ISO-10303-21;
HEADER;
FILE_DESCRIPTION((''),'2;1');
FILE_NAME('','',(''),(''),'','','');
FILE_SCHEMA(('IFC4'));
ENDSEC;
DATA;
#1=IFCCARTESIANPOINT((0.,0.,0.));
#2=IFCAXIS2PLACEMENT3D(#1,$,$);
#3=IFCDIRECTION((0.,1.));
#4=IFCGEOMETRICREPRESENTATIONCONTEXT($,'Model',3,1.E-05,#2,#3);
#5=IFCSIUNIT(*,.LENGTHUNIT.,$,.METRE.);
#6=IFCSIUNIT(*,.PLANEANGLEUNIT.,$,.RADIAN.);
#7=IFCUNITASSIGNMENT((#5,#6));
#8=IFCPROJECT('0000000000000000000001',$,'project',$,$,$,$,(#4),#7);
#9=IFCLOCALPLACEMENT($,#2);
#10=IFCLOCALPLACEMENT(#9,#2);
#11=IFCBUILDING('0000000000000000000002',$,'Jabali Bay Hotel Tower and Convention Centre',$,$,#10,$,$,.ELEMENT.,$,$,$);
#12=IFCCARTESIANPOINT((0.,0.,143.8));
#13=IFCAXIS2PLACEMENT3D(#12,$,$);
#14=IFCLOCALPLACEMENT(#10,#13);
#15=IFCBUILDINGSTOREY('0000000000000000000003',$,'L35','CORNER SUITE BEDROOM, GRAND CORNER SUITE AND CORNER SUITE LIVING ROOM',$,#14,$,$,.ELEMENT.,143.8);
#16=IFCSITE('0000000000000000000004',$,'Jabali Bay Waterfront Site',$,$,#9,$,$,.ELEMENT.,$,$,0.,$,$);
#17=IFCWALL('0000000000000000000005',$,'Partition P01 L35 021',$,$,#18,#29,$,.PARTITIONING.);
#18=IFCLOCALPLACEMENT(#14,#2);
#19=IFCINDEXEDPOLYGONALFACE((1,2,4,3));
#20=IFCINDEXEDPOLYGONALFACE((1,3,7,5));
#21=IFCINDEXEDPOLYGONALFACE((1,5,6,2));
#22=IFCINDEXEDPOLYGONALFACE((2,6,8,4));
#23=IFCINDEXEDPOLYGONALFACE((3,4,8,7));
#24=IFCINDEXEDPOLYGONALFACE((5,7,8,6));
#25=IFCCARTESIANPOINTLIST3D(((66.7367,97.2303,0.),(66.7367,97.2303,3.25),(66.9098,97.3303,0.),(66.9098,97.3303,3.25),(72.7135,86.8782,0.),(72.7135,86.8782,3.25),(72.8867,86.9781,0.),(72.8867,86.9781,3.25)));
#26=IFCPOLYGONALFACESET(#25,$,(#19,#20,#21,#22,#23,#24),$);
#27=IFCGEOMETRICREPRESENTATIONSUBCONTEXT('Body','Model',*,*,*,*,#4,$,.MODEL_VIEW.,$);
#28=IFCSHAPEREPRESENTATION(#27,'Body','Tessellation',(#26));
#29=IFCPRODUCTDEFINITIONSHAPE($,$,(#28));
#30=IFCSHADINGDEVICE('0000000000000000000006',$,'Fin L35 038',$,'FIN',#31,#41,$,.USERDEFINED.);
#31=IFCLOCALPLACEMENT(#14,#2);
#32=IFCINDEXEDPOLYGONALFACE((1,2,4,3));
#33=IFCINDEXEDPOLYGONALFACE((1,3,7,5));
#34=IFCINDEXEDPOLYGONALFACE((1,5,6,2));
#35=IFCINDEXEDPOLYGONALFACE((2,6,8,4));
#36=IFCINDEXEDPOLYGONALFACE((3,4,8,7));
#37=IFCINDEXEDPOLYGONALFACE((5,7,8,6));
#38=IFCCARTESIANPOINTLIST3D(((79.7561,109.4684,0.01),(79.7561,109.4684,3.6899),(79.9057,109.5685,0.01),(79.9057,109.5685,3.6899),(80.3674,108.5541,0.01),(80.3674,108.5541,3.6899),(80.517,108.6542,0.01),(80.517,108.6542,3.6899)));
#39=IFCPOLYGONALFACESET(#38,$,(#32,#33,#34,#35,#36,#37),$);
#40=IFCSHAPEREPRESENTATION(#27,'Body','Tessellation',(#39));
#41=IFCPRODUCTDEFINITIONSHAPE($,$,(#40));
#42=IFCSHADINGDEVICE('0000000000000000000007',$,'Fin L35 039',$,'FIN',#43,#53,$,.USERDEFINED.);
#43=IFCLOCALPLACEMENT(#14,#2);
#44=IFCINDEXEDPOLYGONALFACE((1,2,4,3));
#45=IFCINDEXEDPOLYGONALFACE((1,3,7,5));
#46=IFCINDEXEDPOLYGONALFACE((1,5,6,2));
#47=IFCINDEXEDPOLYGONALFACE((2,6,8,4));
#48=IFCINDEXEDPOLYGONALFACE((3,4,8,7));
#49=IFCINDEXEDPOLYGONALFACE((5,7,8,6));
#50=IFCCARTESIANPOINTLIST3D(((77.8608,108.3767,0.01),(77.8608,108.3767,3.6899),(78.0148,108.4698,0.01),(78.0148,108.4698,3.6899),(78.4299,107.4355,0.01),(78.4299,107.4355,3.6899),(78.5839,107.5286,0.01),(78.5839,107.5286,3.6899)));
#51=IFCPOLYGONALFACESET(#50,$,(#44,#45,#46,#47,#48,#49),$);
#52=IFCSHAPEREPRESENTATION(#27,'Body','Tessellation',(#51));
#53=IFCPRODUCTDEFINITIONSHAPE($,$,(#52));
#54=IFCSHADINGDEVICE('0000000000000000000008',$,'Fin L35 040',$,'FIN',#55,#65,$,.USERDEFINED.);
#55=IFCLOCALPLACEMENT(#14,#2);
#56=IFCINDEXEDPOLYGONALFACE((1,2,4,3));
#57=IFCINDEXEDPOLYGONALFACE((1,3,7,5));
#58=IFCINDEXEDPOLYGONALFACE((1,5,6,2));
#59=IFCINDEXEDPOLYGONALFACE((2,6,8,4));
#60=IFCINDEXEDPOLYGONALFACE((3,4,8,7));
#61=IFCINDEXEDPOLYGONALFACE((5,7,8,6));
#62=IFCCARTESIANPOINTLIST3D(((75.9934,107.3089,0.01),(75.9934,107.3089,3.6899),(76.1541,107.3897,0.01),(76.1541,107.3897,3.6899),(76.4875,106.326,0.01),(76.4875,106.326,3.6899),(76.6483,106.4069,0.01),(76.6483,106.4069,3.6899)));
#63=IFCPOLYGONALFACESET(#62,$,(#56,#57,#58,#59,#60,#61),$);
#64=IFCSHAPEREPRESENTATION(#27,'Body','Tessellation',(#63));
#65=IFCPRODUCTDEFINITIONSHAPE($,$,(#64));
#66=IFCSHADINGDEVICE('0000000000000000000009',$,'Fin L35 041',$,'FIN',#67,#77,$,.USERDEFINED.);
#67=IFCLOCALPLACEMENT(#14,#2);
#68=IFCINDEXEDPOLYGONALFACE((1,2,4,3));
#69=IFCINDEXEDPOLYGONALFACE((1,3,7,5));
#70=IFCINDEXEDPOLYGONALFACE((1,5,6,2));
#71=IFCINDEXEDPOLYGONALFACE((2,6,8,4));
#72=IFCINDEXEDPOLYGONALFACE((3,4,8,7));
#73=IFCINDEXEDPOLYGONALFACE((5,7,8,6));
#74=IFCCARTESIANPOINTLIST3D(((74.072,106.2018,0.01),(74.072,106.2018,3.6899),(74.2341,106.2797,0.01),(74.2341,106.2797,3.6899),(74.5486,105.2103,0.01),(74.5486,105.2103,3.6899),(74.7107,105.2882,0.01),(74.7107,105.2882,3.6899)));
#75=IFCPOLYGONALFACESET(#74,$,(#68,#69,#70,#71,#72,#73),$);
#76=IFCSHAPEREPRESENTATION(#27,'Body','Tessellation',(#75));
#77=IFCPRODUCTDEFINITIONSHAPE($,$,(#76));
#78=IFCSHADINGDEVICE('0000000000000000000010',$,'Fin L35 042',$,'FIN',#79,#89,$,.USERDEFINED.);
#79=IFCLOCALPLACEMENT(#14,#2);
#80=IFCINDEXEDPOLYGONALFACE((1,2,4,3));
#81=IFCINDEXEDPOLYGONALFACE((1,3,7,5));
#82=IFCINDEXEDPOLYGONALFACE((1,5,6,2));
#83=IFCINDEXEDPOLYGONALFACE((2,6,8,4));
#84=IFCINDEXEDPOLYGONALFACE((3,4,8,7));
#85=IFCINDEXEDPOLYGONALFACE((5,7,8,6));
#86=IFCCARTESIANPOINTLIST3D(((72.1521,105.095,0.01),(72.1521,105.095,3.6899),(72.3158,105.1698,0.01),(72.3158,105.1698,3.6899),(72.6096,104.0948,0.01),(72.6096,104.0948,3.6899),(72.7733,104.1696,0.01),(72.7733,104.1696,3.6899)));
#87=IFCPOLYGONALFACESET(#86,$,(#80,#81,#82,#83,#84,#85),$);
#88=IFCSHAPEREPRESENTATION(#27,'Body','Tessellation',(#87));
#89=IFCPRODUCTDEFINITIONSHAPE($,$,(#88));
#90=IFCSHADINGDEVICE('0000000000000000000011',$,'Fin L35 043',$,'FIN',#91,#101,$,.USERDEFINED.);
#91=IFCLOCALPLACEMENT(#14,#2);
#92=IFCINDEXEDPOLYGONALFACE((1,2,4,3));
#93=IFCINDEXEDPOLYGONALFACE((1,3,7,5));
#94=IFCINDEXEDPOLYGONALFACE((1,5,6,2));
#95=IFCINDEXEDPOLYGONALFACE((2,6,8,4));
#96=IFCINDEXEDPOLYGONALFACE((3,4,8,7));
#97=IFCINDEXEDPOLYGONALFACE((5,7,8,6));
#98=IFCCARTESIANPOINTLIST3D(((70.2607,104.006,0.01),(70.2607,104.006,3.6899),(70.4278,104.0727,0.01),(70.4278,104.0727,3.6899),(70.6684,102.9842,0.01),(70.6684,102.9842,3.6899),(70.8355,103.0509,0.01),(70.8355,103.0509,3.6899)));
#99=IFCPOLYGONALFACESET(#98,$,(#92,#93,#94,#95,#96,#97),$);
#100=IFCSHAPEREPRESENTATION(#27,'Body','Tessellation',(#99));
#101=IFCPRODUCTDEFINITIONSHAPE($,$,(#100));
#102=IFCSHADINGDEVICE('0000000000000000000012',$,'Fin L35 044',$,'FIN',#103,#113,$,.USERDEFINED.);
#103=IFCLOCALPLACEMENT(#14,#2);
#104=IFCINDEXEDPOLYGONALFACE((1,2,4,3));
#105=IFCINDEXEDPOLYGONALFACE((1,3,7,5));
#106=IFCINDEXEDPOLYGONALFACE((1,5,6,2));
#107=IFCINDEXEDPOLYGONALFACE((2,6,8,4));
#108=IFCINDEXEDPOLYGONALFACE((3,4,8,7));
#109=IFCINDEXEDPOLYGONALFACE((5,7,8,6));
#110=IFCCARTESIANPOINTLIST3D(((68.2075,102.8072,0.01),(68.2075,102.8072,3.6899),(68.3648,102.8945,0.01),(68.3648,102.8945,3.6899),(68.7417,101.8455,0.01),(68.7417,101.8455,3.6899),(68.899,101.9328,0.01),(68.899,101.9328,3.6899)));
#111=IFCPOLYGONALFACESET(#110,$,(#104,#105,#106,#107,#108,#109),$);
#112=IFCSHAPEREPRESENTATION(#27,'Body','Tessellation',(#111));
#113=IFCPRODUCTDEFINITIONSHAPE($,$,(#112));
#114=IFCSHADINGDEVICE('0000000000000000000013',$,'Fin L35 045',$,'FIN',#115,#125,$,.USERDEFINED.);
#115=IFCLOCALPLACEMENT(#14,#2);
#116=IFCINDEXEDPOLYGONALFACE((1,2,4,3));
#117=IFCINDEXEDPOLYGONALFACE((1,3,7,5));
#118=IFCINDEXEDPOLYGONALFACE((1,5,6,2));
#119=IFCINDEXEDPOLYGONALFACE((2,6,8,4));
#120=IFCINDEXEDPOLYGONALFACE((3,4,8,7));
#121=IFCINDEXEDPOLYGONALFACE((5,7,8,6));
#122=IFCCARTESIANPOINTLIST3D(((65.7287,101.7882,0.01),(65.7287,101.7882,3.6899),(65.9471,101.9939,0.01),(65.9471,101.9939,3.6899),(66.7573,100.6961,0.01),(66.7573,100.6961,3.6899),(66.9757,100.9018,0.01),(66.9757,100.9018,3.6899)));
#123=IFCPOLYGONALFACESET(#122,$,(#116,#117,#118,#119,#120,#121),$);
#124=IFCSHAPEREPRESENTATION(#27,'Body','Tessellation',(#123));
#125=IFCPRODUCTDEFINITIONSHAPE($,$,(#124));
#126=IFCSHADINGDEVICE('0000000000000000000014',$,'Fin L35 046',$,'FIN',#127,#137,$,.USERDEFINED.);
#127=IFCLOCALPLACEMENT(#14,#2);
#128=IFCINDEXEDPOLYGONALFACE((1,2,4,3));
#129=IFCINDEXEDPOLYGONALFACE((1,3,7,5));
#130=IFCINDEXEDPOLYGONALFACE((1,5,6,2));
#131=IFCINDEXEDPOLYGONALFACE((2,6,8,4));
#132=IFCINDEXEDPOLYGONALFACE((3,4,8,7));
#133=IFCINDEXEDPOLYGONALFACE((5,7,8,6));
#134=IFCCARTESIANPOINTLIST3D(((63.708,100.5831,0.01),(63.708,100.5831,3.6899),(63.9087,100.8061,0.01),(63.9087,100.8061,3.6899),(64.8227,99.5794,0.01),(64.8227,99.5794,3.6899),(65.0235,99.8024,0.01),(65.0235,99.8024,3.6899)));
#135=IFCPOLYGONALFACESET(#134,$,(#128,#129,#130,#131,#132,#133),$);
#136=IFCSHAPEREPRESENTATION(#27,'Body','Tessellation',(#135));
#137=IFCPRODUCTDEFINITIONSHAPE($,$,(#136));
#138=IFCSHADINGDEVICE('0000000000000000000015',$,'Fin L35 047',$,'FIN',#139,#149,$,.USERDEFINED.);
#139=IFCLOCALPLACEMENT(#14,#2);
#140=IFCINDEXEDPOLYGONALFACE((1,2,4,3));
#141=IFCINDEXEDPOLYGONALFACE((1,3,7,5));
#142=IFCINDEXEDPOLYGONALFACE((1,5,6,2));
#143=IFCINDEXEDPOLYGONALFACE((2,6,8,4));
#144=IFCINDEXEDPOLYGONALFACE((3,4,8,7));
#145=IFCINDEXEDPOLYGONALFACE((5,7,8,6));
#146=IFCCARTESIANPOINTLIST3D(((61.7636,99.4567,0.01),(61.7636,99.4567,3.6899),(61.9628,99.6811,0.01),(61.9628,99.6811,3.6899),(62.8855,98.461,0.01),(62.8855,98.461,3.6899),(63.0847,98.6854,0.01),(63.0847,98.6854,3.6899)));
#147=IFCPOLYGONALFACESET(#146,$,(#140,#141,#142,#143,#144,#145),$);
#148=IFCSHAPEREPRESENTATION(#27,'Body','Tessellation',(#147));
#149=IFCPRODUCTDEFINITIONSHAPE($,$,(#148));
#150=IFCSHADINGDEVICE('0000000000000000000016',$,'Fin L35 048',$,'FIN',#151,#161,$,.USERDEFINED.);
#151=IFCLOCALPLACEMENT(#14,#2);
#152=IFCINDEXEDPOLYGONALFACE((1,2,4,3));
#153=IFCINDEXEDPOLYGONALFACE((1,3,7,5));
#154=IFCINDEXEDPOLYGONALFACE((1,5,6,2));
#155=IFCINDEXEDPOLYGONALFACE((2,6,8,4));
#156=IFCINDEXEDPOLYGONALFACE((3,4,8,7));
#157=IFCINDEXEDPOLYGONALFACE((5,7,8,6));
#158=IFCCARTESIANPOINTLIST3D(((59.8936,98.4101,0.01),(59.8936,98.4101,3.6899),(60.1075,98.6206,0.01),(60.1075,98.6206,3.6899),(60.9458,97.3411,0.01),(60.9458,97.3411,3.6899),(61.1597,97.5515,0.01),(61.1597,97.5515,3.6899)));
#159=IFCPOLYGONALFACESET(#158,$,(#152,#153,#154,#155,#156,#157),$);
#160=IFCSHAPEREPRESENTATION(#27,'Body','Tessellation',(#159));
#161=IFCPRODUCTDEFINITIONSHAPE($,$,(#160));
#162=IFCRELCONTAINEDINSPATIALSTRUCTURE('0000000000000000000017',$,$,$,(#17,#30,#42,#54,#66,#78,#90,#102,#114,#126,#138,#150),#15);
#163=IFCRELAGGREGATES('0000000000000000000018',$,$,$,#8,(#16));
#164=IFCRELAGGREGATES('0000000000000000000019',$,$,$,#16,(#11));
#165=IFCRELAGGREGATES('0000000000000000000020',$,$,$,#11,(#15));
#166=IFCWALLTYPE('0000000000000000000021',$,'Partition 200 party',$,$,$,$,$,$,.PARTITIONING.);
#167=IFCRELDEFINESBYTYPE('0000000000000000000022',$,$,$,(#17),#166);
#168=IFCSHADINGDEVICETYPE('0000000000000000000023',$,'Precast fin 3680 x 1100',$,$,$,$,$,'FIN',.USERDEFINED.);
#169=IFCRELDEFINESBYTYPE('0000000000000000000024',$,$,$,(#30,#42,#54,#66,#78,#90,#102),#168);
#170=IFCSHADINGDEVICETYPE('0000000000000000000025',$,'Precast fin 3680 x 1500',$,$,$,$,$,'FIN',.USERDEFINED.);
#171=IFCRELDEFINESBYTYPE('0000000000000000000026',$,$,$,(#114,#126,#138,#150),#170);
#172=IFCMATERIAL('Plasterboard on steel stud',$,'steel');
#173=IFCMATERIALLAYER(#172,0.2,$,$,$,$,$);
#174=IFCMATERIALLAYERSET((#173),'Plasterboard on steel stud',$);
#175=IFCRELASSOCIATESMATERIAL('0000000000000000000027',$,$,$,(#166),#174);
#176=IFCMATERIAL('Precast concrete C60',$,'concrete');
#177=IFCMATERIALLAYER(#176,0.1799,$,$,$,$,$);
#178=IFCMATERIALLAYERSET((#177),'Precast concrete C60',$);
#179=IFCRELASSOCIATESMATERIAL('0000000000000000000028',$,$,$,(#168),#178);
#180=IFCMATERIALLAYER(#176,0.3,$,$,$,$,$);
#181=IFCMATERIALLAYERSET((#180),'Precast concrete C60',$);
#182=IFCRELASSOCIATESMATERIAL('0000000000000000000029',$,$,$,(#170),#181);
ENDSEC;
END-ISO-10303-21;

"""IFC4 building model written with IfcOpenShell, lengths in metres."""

from ifc_helpers import new_model, si_unit, direction, frame, frame_2d, origin, place, context, subcontext, project, spatial, rectangle, extrude, material, layer, layer_set, type_object, element, save


model = new_model("IFC4")

# Units and contexts
model_context = context("Model", 3, precision=1e-05, world=origin(), true_north=direction((0.0, 1.0)))
body_context = subcontext(model_context, "Body", "Model", "MODEL_VIEW")
ifc_project = project(units=[si_unit("LENGTHUNIT", "METRE"), si_unit("PLANEANGLEUNIT", "RADIAN")], contexts=[model_context])

# Site, building, storey
site_placement = place(None, origin())
site = spatial("IfcSite", under=ifc_project, at=site_placement, Name="Jabali Bay Waterfront Site", CompositionType="ELEMENT", RefElevation=0.0)
building_placement = place(site_placement, origin())
building = spatial("IfcBuilding", under=site, at=building_placement, Name="Jabali Bay Hotel Tower and Convention Centre", CompositionType="ELEMENT")
storey_placement = place(building_placement, frame((0.0, 0.0, 143.8)))
storey = spatial("IfcBuildingStorey", under=building, at=storey_placement, Name="L35", Description="CORNER SUITE BEDROOM, GRAND CORNER SUITE AND CORNER SUITE LIVING ROOM", CompositionType="ELEMENT", Elevation=143.8)

# Shared definitions
ifc_material_1 = material(Name="Plasterboard on steel stud", Category="steel")

# Wall
ifc_layer_1 = layer(ifc_material_1, 0.2)
ifc_layer_set_1 = layer_set([ifc_layer_1], Name="Plasterboard on steel stud")
wall_type_1 = type_object("IfcWallType", Name="Partition 200 party", PredefinedType="PARTITIONING", material=ifc_layer_set_1)
wall_1_placement = place(storey_placement, frame((66.8232, 97.2803, 0.0), z_axis=(0.0, 0.0, 1.0), x_axis=(0.500003, -0.866024, 0.0)))
element("IfcWall", 1, at=wall_1_placement, inside=storey, type_object=wall_type_1, Name="Partition P01 L35 021", PredefinedType="PARTITIONING", context=body_context, shape_type="SweptSolid", body=[
    extrude(rectangle(XDim=11.9536, YDim=0.2, at=frame_2d((5.9768, 0.0))), origin(), (0.0, 0.0, 1.0), 3.25),
])

# Shading devices
ifc_material_2 = material(Name="Precast concrete C60", Category="concrete")
ifc_layer_2 = layer(ifc_material_2, 0.1799)
ifc_layer_set_2 = layer_set([ifc_layer_2], Name="Precast concrete C60")
shading_device_type_1 = type_object("IfcShadingDeviceType", Name="Precast fin 3680 x 1100", ElementType="FIN", PredefinedType="USERDEFINED", material=ifc_layer_set_2)
for number, where, z_axis, x_axis, name in (
    (2, (80.4421, 108.6042, 0.01), (0.0, 0.0, 1.0), (-0.555827, 0.831298, 0.0), "Fin L35 038"),
    (3, (78.5068, 107.4822, 0.01), (0.0, 0.0, 1.0), (-0.517431, 0.855725, 0.0), "Fin L35 039"),
):
    element("IfcShadingDevice", number, at=place(storey_placement, frame(where, z_axis=z_axis, x_axis=x_axis)), inside=storey, type_object=shading_device_type_1, Name=name, ObjectType="FIN", PredefinedType="USERDEFINED", context=body_context, shape_type="SweptSolid", body=[
        extrude(rectangle(XDim=1.0999, YDim=0.1799, at=frame_2d((0.5498, 0.0))), origin(), (0.0, 0.0, 1.0), 3.6799),
    ])
for number, where, z_axis, x_axis, name in (
    (4, (76.5679, 106.3665, 0.01), (0.0, 0.0, 1.0), (-0.449165, 0.893449, 0.0), "Fin L35 040"),
    (5, (74.6296, 105.2493, 0.01), (0.0, 0.0, 1.0), (-0.433222, 0.901287, 0.0), "Fin L35 041"),
):
    element("IfcShadingDevice", number, at=place(storey_placement, frame(where, z_axis=z_axis, x_axis=x_axis)), inside=storey, type_object=shading_device_type_1, Name=name, ObjectType="FIN", PredefinedType="USERDEFINED", context=body_context, shape_type="SweptSolid", body=[
        extrude(rectangle(XDim=1.1001, YDim=0.1799, at=frame_2d((0.55, 0.0))), origin(), (0.0, 0.0, 1.0), 3.6799),
    ])
shading_device_1_placement = place(storey_placement, frame((72.6914, 104.1323, 0.01), z_axis=(0.0, 0.0, 1.0), x_axis=(-0.415959, 0.909383, 0.0)))
element("IfcShadingDevice", 6, at=shading_device_1_placement, inside=storey, type_object=shading_device_type_1, Name="Fin L35 042", ObjectType="FIN", PredefinedType="USERDEFINED", context=body_context, shape_type="SweptSolid", body=[
    extrude(rectangle(XDim=1.0999, YDim=0.1799, at=frame_2d((0.5498, 0.0))), origin(), (0.0, 0.0, 1.0), 3.6799),
])
for number, where, z_axis, x_axis, name in (
    (7, (70.752, 103.0176, 0.01), (0.0, 0.0, 1.0), (-0.370625, 0.928782, 0.0), "Fin L35 043"),
    (8, (68.8203, 101.8892, 0.01), (0.0, 0.0, 1.0), (-0.485586, 0.874189, 0.0), "Fin L35 044"),
):
    element("IfcShadingDevice", number, at=place(storey_placement, frame(where, z_axis=z_axis, x_axis=x_axis)), inside=storey, type_object=shading_device_type_1, Name=name, ObjectType="FIN", PredefinedType="USERDEFINED", context=body_context, shape_type="SweptSolid", body=[
        extrude(rectangle(XDim=1.1001, YDim=0.1799, at=frame_2d((0.55, 0.0))), origin(), (0.0, 0.0, 1.0), 3.6799),
    ])
ifc_layer_3 = layer(ifc_material_2, 0.3)
ifc_layer_set_3 = layer_set([ifc_layer_3], Name="Precast concrete C60")
shading_device_type_2 = type_object("IfcShadingDeviceType", Name="Precast fin 3680 x 1500", ElementType="FIN", PredefinedType="USERDEFINED", material=ifc_layer_set_3)
shading_device_2_placement = place(storey_placement, frame((66.8665, 100.7991, 0.01), z_axis=(0.0, 0.0, 1.0), x_axis=(-0.685634, 0.727947, 0.0)))
element("IfcShadingDevice", 9, at=shading_device_2_placement, inside=storey, type_object=shading_device_type_2, Name="Fin L35 045", ObjectType="FIN", PredefinedType="USERDEFINED", context=body_context, shape_type="SweptSolid", body=[
    extrude(rectangle(XDim=1.5002, YDim=0.3, at=frame_2d((0.75, 0.0))), origin(), (0.0, 0.0, 1.0), 3.6799),
])
for number, where, z_axis, x_axis, name in (
    (10, (64.9231, 99.6909, 0.01), (0.0, 0.0, 1.0), (-0.743165, 0.669109, 0.0), "Fin L35 046"),
    (11, (62.9851, 98.5732, 0.01), (0.0, 0.0, 1.0), (-0.74793, 0.663778, 0.0), "Fin L35 047"),
    (12, (61.0527, 97.4463, 0.01), (0.0, 0.0, 1.0), (-0.701469, 0.712699, 0.0), "Fin L35 048"),
):
    element("IfcShadingDevice", number, at=place(storey_placement, frame(where, z_axis=z_axis, x_axis=x_axis)), inside=storey, type_object=shading_device_type_2, Name=name, ObjectType="FIN", PredefinedType="USERDEFINED", context=body_context, shape_type="SweptSolid", body=[
        extrude(rectangle(XDim=1.5, YDim=0.3, at=frame_2d((0.75, 0.0))), origin(), (0.0, 0.0, 1.0), 3.6799),
    ])

save(model, "model.ifc")
